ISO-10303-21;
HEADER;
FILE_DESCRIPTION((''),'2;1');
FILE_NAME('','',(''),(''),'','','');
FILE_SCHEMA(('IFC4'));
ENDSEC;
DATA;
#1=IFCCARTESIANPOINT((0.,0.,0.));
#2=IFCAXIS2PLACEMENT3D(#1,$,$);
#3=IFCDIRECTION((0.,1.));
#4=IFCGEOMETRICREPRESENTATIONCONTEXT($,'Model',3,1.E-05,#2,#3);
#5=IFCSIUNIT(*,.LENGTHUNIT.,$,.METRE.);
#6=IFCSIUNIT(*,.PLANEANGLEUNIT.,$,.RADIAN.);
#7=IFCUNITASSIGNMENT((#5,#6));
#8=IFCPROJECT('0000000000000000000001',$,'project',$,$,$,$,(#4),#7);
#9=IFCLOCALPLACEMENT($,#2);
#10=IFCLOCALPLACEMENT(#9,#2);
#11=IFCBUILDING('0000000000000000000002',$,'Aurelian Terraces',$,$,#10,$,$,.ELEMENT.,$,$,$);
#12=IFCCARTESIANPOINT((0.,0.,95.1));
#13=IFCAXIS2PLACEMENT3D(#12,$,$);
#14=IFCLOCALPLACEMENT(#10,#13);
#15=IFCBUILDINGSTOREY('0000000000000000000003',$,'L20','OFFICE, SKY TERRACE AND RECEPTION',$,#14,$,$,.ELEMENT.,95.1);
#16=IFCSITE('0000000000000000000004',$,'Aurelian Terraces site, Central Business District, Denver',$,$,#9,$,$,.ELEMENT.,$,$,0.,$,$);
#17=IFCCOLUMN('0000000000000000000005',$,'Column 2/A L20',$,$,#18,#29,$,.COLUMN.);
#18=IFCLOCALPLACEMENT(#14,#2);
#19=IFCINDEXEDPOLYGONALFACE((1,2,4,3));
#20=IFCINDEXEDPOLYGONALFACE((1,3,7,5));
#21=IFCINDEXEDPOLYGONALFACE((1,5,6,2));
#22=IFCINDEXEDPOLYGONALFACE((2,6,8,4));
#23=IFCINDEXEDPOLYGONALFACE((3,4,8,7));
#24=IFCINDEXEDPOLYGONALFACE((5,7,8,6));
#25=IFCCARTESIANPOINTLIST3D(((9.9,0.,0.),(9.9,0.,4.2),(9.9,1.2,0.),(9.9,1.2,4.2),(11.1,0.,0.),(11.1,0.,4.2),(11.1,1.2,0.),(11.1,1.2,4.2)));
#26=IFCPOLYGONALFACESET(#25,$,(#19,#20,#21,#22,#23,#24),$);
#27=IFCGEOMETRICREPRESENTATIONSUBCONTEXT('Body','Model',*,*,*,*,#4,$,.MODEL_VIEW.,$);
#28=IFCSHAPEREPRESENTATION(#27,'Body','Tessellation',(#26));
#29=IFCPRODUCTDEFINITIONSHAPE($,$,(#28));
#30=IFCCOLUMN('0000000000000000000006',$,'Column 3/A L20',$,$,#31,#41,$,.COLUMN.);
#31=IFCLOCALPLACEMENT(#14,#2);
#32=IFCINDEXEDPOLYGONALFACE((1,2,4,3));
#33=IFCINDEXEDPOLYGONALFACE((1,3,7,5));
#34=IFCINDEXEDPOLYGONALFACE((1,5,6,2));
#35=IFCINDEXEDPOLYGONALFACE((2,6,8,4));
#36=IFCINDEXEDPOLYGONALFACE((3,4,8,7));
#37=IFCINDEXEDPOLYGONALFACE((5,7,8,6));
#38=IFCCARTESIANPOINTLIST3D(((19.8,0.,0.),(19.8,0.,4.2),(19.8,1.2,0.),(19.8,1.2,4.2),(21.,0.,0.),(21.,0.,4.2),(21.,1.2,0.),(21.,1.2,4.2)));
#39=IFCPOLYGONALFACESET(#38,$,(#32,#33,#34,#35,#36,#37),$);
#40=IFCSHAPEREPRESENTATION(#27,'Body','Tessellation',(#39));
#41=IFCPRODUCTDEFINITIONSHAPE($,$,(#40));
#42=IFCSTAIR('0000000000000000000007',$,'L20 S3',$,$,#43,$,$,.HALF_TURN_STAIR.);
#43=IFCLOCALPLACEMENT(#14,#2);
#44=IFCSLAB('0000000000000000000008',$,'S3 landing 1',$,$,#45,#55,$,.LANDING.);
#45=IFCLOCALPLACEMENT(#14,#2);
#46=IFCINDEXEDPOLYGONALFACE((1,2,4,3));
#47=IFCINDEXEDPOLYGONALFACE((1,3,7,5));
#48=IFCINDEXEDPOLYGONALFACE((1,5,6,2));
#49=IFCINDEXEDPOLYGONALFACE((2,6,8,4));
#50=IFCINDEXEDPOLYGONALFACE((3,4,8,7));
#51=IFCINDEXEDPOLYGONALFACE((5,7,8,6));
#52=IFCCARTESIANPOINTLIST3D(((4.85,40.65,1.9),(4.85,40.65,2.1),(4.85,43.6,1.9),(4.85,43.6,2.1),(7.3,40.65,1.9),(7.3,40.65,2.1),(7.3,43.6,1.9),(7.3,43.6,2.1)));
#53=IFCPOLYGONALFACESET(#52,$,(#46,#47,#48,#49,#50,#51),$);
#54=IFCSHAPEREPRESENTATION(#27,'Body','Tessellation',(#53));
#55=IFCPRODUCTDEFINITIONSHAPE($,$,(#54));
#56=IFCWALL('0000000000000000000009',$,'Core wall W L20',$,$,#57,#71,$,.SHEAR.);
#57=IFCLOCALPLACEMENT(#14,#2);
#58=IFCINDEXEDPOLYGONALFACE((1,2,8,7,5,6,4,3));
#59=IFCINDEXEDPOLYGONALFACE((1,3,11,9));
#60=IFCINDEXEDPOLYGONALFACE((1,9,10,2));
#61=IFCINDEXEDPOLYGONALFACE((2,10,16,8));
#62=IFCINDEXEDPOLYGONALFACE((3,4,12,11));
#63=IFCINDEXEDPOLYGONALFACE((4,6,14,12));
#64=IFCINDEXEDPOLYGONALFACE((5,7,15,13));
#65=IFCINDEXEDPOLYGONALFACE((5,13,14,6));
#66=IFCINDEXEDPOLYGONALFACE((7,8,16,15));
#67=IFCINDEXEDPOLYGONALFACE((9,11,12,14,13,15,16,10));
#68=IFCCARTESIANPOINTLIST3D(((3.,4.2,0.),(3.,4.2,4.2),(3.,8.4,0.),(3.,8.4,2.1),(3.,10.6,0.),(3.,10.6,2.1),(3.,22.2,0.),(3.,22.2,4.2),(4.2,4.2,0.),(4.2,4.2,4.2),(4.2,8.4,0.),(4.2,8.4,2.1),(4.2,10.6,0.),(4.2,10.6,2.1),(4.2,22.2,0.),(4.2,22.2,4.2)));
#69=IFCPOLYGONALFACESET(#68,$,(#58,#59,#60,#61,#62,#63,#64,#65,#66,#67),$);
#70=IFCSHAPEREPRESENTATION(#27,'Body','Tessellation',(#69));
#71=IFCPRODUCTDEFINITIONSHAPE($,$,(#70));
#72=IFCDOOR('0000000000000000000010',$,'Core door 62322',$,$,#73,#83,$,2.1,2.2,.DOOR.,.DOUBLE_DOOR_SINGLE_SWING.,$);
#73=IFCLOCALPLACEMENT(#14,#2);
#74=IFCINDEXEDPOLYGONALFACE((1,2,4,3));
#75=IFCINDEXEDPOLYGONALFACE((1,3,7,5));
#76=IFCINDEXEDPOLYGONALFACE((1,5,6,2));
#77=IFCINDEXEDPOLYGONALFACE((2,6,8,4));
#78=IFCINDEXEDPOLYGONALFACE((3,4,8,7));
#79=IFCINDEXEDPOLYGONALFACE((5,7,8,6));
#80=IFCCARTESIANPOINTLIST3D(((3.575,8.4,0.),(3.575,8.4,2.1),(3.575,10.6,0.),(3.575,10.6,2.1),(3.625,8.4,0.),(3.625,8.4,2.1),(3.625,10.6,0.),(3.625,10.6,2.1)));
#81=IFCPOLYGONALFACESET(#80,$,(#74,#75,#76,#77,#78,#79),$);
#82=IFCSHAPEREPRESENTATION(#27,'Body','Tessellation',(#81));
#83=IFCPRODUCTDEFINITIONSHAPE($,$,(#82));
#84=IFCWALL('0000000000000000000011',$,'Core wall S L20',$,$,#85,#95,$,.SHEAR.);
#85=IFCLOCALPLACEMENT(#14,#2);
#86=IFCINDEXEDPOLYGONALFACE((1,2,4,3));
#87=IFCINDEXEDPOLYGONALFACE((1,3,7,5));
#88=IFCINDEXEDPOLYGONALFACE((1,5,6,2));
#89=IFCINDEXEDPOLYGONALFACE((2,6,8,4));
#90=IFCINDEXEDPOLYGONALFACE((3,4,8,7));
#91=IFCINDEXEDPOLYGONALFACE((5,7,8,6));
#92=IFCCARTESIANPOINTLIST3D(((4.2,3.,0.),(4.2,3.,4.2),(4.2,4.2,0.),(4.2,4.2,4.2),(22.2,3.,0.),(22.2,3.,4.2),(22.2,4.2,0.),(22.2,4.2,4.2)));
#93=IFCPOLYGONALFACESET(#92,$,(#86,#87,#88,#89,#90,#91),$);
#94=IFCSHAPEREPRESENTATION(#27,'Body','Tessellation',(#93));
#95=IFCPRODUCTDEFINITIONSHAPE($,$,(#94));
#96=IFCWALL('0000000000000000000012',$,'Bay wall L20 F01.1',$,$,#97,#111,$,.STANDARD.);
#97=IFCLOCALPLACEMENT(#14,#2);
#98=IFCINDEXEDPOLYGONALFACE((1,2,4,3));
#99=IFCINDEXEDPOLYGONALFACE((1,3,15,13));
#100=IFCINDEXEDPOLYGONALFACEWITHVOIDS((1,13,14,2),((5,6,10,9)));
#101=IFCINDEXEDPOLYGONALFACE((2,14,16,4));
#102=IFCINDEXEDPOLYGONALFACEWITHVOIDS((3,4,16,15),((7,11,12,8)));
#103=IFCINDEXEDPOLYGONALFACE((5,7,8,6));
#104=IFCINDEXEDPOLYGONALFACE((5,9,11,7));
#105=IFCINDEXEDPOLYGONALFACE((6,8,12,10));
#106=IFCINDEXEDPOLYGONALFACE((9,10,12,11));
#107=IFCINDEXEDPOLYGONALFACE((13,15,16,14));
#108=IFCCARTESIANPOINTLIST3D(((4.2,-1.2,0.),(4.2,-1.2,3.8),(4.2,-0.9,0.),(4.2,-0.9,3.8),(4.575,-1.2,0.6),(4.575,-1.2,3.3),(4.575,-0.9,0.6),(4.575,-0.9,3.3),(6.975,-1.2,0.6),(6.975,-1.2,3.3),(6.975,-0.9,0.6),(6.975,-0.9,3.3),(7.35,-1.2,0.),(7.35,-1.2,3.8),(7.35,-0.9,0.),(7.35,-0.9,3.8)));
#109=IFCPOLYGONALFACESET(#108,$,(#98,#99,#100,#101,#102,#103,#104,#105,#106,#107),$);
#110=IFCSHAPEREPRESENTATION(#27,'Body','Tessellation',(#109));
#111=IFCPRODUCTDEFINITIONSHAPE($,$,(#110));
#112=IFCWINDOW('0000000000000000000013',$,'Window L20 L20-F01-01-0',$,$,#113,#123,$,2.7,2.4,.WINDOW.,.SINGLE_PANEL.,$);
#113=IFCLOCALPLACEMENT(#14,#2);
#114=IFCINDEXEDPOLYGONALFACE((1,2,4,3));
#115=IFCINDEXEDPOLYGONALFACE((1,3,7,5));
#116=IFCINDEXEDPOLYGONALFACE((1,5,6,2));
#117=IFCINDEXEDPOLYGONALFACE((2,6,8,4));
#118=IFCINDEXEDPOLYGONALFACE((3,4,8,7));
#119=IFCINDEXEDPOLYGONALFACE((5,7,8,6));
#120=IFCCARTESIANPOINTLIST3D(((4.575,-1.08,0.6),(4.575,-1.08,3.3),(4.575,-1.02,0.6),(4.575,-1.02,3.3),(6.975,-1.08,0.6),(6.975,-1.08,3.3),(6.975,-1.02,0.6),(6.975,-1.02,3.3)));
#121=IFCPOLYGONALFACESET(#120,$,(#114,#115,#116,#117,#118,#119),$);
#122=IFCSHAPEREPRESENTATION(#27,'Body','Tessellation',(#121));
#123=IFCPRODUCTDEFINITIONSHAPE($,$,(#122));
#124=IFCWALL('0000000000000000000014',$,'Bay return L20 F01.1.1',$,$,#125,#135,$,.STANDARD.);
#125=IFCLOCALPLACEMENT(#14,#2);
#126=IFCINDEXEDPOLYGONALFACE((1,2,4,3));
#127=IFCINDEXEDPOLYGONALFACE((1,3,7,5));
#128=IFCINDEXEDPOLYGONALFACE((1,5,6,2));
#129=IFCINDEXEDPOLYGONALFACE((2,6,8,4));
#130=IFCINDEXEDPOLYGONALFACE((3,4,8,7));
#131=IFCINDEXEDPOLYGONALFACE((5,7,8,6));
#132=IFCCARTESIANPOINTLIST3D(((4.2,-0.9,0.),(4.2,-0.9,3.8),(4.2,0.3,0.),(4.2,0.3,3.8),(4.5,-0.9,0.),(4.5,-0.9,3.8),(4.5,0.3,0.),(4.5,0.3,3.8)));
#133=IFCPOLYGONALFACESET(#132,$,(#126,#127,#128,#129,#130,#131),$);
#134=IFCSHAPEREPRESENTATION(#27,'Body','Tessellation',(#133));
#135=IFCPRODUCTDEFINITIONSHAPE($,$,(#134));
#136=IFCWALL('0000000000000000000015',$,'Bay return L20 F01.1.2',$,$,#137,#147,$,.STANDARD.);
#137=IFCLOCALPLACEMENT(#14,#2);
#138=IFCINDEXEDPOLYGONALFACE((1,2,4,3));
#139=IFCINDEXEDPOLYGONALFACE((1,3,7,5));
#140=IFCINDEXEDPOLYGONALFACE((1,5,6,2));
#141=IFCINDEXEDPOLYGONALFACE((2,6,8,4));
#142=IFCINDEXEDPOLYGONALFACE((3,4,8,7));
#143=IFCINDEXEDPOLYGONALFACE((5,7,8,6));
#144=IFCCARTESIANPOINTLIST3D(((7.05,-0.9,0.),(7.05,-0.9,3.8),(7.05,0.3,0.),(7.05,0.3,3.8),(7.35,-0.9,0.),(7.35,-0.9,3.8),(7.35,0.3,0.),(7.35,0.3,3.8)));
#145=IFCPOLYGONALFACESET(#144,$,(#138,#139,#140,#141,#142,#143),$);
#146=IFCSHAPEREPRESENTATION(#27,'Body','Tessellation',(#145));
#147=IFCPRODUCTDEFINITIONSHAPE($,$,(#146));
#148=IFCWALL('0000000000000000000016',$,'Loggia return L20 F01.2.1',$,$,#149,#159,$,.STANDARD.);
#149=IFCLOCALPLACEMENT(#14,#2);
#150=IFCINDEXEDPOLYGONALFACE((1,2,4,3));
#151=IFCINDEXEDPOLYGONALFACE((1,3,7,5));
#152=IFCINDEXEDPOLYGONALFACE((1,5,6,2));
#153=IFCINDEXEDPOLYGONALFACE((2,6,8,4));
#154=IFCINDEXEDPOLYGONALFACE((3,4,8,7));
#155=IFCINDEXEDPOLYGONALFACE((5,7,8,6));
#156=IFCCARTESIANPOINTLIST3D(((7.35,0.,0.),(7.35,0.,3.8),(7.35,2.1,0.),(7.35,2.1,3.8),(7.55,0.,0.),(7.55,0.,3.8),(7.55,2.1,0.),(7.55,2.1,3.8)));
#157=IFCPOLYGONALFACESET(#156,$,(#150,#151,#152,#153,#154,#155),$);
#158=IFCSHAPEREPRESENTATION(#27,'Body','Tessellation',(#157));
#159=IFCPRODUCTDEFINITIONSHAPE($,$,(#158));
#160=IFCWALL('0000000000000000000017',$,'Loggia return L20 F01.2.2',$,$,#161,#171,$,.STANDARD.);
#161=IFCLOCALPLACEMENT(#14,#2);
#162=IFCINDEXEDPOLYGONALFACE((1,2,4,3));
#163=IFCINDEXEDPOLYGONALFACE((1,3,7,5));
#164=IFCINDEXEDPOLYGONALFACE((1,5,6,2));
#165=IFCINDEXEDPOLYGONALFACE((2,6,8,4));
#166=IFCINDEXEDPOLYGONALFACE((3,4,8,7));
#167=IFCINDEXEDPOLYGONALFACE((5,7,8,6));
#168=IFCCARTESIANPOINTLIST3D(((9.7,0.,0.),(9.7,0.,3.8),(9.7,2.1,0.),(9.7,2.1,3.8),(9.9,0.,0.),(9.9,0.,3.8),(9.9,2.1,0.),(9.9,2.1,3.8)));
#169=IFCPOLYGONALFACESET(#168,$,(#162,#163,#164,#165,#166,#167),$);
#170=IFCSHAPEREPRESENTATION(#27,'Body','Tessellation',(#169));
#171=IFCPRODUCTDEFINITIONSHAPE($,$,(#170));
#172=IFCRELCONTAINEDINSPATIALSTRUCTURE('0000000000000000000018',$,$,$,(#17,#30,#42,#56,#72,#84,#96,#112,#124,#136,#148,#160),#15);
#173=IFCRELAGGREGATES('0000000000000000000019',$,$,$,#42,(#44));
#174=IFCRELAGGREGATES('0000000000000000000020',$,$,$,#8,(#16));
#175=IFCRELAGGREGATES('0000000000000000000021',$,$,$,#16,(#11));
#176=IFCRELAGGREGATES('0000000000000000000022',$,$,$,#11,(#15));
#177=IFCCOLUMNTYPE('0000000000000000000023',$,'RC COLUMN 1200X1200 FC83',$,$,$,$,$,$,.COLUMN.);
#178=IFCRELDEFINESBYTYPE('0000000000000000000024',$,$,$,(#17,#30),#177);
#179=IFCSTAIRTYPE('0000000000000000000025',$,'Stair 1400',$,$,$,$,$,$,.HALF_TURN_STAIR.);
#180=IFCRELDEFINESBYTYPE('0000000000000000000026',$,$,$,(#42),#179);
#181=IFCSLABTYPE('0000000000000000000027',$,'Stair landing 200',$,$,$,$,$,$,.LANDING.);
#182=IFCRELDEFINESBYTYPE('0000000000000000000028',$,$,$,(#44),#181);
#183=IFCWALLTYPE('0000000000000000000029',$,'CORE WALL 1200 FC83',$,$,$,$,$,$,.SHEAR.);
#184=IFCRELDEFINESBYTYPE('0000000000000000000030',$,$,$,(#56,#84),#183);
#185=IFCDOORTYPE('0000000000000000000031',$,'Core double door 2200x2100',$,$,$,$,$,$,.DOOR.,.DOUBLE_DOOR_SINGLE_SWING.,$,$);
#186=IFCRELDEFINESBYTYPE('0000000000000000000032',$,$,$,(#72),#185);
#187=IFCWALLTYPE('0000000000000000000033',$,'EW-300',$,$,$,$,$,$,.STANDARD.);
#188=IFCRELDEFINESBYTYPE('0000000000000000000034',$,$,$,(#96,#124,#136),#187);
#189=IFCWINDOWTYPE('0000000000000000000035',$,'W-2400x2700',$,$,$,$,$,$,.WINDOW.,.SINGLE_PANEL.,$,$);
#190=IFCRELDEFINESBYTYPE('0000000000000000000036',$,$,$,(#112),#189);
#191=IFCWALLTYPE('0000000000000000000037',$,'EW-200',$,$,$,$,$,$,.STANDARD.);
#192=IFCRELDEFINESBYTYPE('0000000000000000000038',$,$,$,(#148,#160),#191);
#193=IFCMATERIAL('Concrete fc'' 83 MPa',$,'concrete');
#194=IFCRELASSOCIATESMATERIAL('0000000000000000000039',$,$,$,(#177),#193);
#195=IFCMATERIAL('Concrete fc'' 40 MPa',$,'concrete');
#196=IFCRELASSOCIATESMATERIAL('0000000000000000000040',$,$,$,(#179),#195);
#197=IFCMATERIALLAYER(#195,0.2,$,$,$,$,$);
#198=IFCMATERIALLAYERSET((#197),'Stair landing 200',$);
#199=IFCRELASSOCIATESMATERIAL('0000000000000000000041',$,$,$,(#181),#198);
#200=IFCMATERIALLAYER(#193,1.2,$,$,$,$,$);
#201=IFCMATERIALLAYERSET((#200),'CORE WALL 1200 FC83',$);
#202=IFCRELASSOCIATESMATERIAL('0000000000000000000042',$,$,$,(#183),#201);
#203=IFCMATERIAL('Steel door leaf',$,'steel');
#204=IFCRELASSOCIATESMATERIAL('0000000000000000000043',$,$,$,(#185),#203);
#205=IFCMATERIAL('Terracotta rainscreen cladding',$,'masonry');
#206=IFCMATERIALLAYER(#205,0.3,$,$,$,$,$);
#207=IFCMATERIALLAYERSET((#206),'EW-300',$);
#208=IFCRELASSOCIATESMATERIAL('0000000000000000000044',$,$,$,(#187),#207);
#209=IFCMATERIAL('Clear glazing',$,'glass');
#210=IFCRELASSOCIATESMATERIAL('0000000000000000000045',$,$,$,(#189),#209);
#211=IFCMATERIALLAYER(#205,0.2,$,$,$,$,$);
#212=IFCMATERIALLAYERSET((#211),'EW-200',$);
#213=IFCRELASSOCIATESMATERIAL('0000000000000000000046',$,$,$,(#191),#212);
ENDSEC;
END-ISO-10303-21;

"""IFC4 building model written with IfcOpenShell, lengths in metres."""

from ifc_helpers import new_model, si_unit, direction, frame, frame_2d, origin, origin_2d, place, context, subcontext, project, spatial, polyline, rectangle, outline, extrude, source, transform, mapped, material, layer, layer_set, material_profile, profile_set, type_object, element, fill, aggregate, save


model = new_model("IFC4")

# Units and contexts
model_context = context("Model", 3, precision=1e-05, world=origin(), true_north=direction((0.0, 1.0)))
body_context = subcontext(model_context, "Body", "Model", "MODEL_VIEW")
ifc_project = project(units=[si_unit("LENGTHUNIT", "METRE"), si_unit("PLANEANGLEUNIT", "RADIAN")], contexts=[model_context])

# Site, building, storey
site_placement = place(None, origin())
site = spatial("IfcSite", under=ifc_project, at=site_placement, Name="Aurelian Terraces site, Central Business District, Denver", CompositionType="ELEMENT", RefElevation=0.0)
building_placement = place(site_placement, origin())
building = spatial("IfcBuilding", under=site, at=building_placement, Name="Aurelian Terraces", CompositionType="ELEMENT")
storey_placement = place(building_placement, frame((0.0, 0.0, 95.1)))
storey = spatial("IfcBuildingStorey", under=building, at=storey_placement, Name="L20", Description="OFFICE, SKY TERRACE AND RECEPTION", CompositionType="ELEMENT", Elevation=95.1)

# Columns
ifc_material_1 = material(Name="Concrete fc' 83 MPa", Category="concrete")
ifc_material_profile = material_profile(ifc_material_1, rectangle(XDim=1.2, YDim=1.2, at=origin_2d()))
ifc_profile_set = profile_set([ifc_material_profile], Name="Concrete fc' 83 MPa")
column_type = type_object("IfcColumnType", Name="RC COLUMN 1200X1200 FC83", PredefinedType="COLUMN", material=ifc_profile_set)
shared_shape_1 = source(origin(), body_context, "Body", "SweptSolid", [
    extrude(rectangle(XDim=1.2, YDim=1.2, at=origin_2d()), origin(), (0.0, 0.0, 1.0), 4.2),
])
for number, where, z_axis, x_axis, name in (
    (1, (10.5, 0.6, 0.0), (0.0, 0.0, 1.0), (1.0, 0.0, 0.0), "Column 2/A L20"),
    (2, (20.4, 0.6, 0.0), (0.0, 0.0, 1.0), (1.0, 0.0, 0.0), "Column 3/A L20"),
):
    element("IfcColumn", number, at=place(storey_placement, frame(where, z_axis=z_axis, x_axis=x_axis)), inside=storey, type_object=column_type, Name=name, PredefinedType="COLUMN", context=body_context, shape_type="MappedRepresentation", body=[
        mapped(shared_shape_1, transform((0.0, 0.0, 0.0), scale=1.0)),
    ])

# Stair, slab
ifc_material_2 = material(Name="Concrete fc' 40 MPa", Category="concrete")
stair_type = type_object("IfcStairType", Name="Stair 1400", PredefinedType="HALF_TURN_STAIR", material=ifc_material_2)
stair_placement = place(storey_placement, origin())
stair = element("IfcStair", 3, at=stair_placement, inside=storey, type_object=stair_type, Name="L20 S3", PredefinedType="HALF_TURN_STAIR")
ifc_layer_1 = layer(ifc_material_2, 0.2)
ifc_layer_set_1 = layer_set([ifc_layer_1], Name="Stair landing 200")
slab_type = type_object("IfcSlabType", Name="Stair landing 200", PredefinedType="LANDING", material=ifc_layer_set_1)
shared_shape_2 = source(origin(), body_context, "Body", "SweptSolid", [
    extrude(outline(polyline([(4.85, 40.65), (7.3, 40.65), (7.3, 43.6), (4.85, 43.6), (4.85, 40.65)])), origin(), (0.0, 0.0, 1.0), 0.2),
])
slab_placement = place(storey_placement, frame((0.0, 0.0, 1.9)))
slab = element("IfcSlab", 4, at=slab_placement, type_object=slab_type, Name="S3 landing 1", PredefinedType="LANDING", context=body_context, shape_type="MappedRepresentation", body=[
    mapped(shared_shape_2, transform((0.0, 0.0, 0.0), scale=1.0)),
])
aggregate(stair, [slab])

# Wall, opening, door
ifc_layer_2 = layer(ifc_material_1, 1.2)
ifc_layer_set_2 = layer_set([ifc_layer_2], Name="CORE WALL 1200 FC83")
wall_type_1 = type_object("IfcWallType", Name="CORE WALL 1200 FC83", PredefinedType="SHEAR", material=ifc_layer_set_2)
shared_shape_3 = source(origin(), body_context, "Body", "SweptSolid", [
    extrude(rectangle(XDim=18.0, YDim=1.2, at=frame_2d((9.0, 0.0))), origin(), (0.0, 0.0, 1.0), 4.2),
])
wall_1_placement = place(storey_placement, frame((3.6, 4.2, 0.0), z_axis=(0.0, 0.0, 1.0), x_axis=(0.0, 1.0, 0.0)))
wall_1 = element("IfcWall", 5, at=wall_1_placement, inside=storey, type_object=wall_type_1, Name="Core wall W L20", PredefinedType="SHEAR", context=body_context, shape_type="MappedRepresentation", body=[
    mapped(shared_shape_3, transform((0.0, 0.0, 0.0), scale=1.0)),
])
shared_shape_4 = source(origin(), body_context, "Body", "SweptSolid", [
    extrude(rectangle(XDim=2.2, YDim=2.1, at=frame_2d((1.1, 1.05))), frame((0.0, 0.61, 0.0), z_axis=(0.0, -1.0, 0.0), x_axis=(1.0, 0.0, 0.0)), (0.0, 0.0, 1.0), 1.22),
])
opening_1_placement = place(wall_1_placement, frame((4.2, 0.0, 0.0)))
opening_1 = element("IfcOpeningElement", 6, at=opening_1_placement, cuts=wall_1, PredefinedType="OPENING", context=body_context, shape_type="MappedRepresentation", body=[
    mapped(shared_shape_4, transform((0.0, 0.0, 0.0), scale=1.0)),
])
ifc_material_3 = material(Name="Steel door leaf", Category="steel")
door_type_1 = type_object("IfcDoorType", Name="Core double door 2200x2100", OperationType="DOUBLE_DOOR_SINGLE_SWING", PredefinedType="DOOR", material=ifc_material_3)
shared_shape_5 = source(origin(), body_context, "Body", "SweptSolid", [
    extrude(rectangle(XDim=2.2, YDim=2.1, at=frame_2d((1.1, 1.05))), frame((0.0, 0.025, 0.0), z_axis=(0.0, -1.0, 0.0), x_axis=(1.0, 0.0, 0.0)), (0.0, 0.0, 1.0), 0.05),
])
door_1_placement = place(opening_1_placement, origin())
door_1 = element("IfcDoor", 7, at=door_1_placement, inside=storey, type_object=door_type_1, Name="Core door 62322", OperationType="DOUBLE_DOOR_SINGLE_SWING", OverallHeight=2.1, OverallWidth=2.2, PredefinedType="DOOR", context=body_context, shape_type="MappedRepresentation", body=[
    mapped(shared_shape_5, transform((0.0, 0.0, 0.0), scale=1.0)),
])
fill(opening_1, door_1)

# Wall
wall_2_placement = place(storey_placement, frame((4.2, 3.6, 0.0), z_axis=(0.0, 0.0, 1.0), x_axis=(1.0, 0.0, 0.0)))
element("IfcWall", 8, at=wall_2_placement, inside=storey, type_object=wall_type_1, Name="Core wall S L20", PredefinedType="SHEAR", context=body_context, shape_type="MappedRepresentation", body=[
    mapped(shared_shape_3, transform((0.0, 0.0, 0.0), scale=1.0)),
])

# Wall, opening, window
ifc_material_4 = material(Name="Terracotta rainscreen cladding", Category="masonry")
ifc_layer_3 = layer(ifc_material_4, 0.3)
ifc_layer_set_3 = layer_set([ifc_layer_3], Name="EW-300")
wall_type_2 = type_object("IfcWallType", Name="EW-300", PredefinedType="STANDARD", material=ifc_layer_set_3)
shared_shape_6 = source(origin(), body_context, "Body", "SweptSolid", [
    extrude(rectangle(XDim=3.15, YDim=0.3, at=frame_2d((1.575, 0.0))), origin(), (0.0, 0.0, 1.0), 3.8),
])
wall_3_placement = place(storey_placement, frame((4.2, -1.05, 0.0), z_axis=(0.0, 0.0, 1.0), x_axis=(1.0, 0.0, 0.0)))
wall_3 = element("IfcWall", 9, at=wall_3_placement, inside=storey, type_object=wall_type_2, Name="Bay wall L20 F01.1", PredefinedType="STANDARD", context=body_context, shape_type="MappedRepresentation", body=[
    mapped(shared_shape_6, transform((0.0, 0.0, 0.0), scale=1.0)),
])
shared_shape_7 = source(origin(), body_context, "Body", "SweptSolid", [
    extrude(rectangle(XDim=2.4, YDim=2.7, at=frame_2d((1.2, 1.35))), frame((0.0, 0.16, 0.0), z_axis=(0.0, -1.0, 0.0), x_axis=(1.0, 0.0, 0.0)), (0.0, 0.0, 1.0), 0.32),
])
opening_2_placement = place(wall_3_placement, frame((0.375, 0.0, 0.6)))
opening_2 = element("IfcOpeningElement", 10, at=opening_2_placement, cuts=wall_3, PredefinedType="OPENING", context=body_context, shape_type="MappedRepresentation", body=[
    mapped(shared_shape_7, transform((0.0, 0.0, 0.0), scale=1.0)),
])
ifc_material_5 = material(Name="Clear glazing", Category="glass")
window_type_1 = type_object("IfcWindowType", Name="W-2400x2700", PartitioningType="SINGLE_PANEL", PredefinedType="WINDOW", material=ifc_material_5)
shared_shape_8 = source(origin(), body_context, "Body", "SweptSolid", [
    extrude(rectangle(XDim=2.4, YDim=2.7, at=frame_2d((1.2, 1.35))), frame((0.0, 0.03, 0.0), z_axis=(0.0, -1.0, 0.0), x_axis=(1.0, 0.0, 0.0)), (0.0, 0.0, 1.0), 0.06),
])
window_1_placement = place(opening_2_placement, origin())
window_1 = element("IfcWindow", 11, at=window_1_placement, inside=storey, type_object=window_type_1, Name="Window L20 L20-F01-01-0", OverallHeight=2.7, OverallWidth=2.4, PartitioningType="SINGLE_PANEL", PredefinedType="WINDOW", context=body_context, shape_type="MappedRepresentation", body=[
    mapped(shared_shape_8, transform((0.0, 0.0, 0.0), scale=1.0)),
])
fill(opening_2, window_1)

# Walls
shared_shape_9 = source(origin(), body_context, "Body", "SweptSolid", [
    extrude(rectangle(XDim=1.2, YDim=0.3, at=frame_2d((0.6, 0.0))), origin(), (0.0, 0.0, 1.0), 3.8),
])
for number, where, z_axis, x_axis, name in (
    (12, (4.35, 0.3, 0.0), (0.0, 0.0, 1.0), (0.0, -1.0, 0.0), "Bay return L20 F01.1.1"),
    (13, (7.2, 0.3, 0.0), (0.0, 0.0, 1.0), (0.0, -1.0, 0.0), "Bay return L20 F01.1.2"),
):
    element("IfcWall", number, at=place(storey_placement, frame(where, z_axis=z_axis, x_axis=x_axis)), inside=storey, type_object=wall_type_2, Name=name, PredefinedType="STANDARD", context=body_context, shape_type="MappedRepresentation", body=[
        mapped(shared_shape_9, transform((0.0, 0.0, 0.0), scale=1.0)),
    ])
ifc_layer_4 = layer(ifc_material_4, 0.2)
ifc_layer_set_4 = layer_set([ifc_layer_4], Name="EW-200")
wall_type_3 = type_object("IfcWallType", Name="EW-200", PredefinedType="STANDARD", material=ifc_layer_set_4)
shared_shape_10 = source(origin(), body_context, "Body", "SweptSolid", [
    extrude(rectangle(XDim=2.1, YDim=0.2, at=frame_2d((1.05, 0.0))), origin(), (0.0, 0.0, 1.0), 3.8),
])
for number, where, z_axis, x_axis, name in (
    (14, (7.45, 0.0, 0.0), (0.0, 0.0, 1.0), (0.0, 1.0, 0.0), "Loggia return L20 F01.2.1"),
    (15, (9.8, 0.0, 0.0), (0.0, 0.0, 1.0), (0.0, 1.0, 0.0), "Loggia return L20 F01.2.2"),
):
    element("IfcWall", number, at=place(storey_placement, frame(where, z_axis=z_axis, x_axis=x_axis)), inside=storey, type_object=wall_type_3, Name=name, PredefinedType="STANDARD", context=body_context, shape_type="MappedRepresentation", body=[
        mapped(shared_shape_10, transform((0.0, 0.0, 0.0), scale=1.0)),
    ])

save(model, "model.ifc")
